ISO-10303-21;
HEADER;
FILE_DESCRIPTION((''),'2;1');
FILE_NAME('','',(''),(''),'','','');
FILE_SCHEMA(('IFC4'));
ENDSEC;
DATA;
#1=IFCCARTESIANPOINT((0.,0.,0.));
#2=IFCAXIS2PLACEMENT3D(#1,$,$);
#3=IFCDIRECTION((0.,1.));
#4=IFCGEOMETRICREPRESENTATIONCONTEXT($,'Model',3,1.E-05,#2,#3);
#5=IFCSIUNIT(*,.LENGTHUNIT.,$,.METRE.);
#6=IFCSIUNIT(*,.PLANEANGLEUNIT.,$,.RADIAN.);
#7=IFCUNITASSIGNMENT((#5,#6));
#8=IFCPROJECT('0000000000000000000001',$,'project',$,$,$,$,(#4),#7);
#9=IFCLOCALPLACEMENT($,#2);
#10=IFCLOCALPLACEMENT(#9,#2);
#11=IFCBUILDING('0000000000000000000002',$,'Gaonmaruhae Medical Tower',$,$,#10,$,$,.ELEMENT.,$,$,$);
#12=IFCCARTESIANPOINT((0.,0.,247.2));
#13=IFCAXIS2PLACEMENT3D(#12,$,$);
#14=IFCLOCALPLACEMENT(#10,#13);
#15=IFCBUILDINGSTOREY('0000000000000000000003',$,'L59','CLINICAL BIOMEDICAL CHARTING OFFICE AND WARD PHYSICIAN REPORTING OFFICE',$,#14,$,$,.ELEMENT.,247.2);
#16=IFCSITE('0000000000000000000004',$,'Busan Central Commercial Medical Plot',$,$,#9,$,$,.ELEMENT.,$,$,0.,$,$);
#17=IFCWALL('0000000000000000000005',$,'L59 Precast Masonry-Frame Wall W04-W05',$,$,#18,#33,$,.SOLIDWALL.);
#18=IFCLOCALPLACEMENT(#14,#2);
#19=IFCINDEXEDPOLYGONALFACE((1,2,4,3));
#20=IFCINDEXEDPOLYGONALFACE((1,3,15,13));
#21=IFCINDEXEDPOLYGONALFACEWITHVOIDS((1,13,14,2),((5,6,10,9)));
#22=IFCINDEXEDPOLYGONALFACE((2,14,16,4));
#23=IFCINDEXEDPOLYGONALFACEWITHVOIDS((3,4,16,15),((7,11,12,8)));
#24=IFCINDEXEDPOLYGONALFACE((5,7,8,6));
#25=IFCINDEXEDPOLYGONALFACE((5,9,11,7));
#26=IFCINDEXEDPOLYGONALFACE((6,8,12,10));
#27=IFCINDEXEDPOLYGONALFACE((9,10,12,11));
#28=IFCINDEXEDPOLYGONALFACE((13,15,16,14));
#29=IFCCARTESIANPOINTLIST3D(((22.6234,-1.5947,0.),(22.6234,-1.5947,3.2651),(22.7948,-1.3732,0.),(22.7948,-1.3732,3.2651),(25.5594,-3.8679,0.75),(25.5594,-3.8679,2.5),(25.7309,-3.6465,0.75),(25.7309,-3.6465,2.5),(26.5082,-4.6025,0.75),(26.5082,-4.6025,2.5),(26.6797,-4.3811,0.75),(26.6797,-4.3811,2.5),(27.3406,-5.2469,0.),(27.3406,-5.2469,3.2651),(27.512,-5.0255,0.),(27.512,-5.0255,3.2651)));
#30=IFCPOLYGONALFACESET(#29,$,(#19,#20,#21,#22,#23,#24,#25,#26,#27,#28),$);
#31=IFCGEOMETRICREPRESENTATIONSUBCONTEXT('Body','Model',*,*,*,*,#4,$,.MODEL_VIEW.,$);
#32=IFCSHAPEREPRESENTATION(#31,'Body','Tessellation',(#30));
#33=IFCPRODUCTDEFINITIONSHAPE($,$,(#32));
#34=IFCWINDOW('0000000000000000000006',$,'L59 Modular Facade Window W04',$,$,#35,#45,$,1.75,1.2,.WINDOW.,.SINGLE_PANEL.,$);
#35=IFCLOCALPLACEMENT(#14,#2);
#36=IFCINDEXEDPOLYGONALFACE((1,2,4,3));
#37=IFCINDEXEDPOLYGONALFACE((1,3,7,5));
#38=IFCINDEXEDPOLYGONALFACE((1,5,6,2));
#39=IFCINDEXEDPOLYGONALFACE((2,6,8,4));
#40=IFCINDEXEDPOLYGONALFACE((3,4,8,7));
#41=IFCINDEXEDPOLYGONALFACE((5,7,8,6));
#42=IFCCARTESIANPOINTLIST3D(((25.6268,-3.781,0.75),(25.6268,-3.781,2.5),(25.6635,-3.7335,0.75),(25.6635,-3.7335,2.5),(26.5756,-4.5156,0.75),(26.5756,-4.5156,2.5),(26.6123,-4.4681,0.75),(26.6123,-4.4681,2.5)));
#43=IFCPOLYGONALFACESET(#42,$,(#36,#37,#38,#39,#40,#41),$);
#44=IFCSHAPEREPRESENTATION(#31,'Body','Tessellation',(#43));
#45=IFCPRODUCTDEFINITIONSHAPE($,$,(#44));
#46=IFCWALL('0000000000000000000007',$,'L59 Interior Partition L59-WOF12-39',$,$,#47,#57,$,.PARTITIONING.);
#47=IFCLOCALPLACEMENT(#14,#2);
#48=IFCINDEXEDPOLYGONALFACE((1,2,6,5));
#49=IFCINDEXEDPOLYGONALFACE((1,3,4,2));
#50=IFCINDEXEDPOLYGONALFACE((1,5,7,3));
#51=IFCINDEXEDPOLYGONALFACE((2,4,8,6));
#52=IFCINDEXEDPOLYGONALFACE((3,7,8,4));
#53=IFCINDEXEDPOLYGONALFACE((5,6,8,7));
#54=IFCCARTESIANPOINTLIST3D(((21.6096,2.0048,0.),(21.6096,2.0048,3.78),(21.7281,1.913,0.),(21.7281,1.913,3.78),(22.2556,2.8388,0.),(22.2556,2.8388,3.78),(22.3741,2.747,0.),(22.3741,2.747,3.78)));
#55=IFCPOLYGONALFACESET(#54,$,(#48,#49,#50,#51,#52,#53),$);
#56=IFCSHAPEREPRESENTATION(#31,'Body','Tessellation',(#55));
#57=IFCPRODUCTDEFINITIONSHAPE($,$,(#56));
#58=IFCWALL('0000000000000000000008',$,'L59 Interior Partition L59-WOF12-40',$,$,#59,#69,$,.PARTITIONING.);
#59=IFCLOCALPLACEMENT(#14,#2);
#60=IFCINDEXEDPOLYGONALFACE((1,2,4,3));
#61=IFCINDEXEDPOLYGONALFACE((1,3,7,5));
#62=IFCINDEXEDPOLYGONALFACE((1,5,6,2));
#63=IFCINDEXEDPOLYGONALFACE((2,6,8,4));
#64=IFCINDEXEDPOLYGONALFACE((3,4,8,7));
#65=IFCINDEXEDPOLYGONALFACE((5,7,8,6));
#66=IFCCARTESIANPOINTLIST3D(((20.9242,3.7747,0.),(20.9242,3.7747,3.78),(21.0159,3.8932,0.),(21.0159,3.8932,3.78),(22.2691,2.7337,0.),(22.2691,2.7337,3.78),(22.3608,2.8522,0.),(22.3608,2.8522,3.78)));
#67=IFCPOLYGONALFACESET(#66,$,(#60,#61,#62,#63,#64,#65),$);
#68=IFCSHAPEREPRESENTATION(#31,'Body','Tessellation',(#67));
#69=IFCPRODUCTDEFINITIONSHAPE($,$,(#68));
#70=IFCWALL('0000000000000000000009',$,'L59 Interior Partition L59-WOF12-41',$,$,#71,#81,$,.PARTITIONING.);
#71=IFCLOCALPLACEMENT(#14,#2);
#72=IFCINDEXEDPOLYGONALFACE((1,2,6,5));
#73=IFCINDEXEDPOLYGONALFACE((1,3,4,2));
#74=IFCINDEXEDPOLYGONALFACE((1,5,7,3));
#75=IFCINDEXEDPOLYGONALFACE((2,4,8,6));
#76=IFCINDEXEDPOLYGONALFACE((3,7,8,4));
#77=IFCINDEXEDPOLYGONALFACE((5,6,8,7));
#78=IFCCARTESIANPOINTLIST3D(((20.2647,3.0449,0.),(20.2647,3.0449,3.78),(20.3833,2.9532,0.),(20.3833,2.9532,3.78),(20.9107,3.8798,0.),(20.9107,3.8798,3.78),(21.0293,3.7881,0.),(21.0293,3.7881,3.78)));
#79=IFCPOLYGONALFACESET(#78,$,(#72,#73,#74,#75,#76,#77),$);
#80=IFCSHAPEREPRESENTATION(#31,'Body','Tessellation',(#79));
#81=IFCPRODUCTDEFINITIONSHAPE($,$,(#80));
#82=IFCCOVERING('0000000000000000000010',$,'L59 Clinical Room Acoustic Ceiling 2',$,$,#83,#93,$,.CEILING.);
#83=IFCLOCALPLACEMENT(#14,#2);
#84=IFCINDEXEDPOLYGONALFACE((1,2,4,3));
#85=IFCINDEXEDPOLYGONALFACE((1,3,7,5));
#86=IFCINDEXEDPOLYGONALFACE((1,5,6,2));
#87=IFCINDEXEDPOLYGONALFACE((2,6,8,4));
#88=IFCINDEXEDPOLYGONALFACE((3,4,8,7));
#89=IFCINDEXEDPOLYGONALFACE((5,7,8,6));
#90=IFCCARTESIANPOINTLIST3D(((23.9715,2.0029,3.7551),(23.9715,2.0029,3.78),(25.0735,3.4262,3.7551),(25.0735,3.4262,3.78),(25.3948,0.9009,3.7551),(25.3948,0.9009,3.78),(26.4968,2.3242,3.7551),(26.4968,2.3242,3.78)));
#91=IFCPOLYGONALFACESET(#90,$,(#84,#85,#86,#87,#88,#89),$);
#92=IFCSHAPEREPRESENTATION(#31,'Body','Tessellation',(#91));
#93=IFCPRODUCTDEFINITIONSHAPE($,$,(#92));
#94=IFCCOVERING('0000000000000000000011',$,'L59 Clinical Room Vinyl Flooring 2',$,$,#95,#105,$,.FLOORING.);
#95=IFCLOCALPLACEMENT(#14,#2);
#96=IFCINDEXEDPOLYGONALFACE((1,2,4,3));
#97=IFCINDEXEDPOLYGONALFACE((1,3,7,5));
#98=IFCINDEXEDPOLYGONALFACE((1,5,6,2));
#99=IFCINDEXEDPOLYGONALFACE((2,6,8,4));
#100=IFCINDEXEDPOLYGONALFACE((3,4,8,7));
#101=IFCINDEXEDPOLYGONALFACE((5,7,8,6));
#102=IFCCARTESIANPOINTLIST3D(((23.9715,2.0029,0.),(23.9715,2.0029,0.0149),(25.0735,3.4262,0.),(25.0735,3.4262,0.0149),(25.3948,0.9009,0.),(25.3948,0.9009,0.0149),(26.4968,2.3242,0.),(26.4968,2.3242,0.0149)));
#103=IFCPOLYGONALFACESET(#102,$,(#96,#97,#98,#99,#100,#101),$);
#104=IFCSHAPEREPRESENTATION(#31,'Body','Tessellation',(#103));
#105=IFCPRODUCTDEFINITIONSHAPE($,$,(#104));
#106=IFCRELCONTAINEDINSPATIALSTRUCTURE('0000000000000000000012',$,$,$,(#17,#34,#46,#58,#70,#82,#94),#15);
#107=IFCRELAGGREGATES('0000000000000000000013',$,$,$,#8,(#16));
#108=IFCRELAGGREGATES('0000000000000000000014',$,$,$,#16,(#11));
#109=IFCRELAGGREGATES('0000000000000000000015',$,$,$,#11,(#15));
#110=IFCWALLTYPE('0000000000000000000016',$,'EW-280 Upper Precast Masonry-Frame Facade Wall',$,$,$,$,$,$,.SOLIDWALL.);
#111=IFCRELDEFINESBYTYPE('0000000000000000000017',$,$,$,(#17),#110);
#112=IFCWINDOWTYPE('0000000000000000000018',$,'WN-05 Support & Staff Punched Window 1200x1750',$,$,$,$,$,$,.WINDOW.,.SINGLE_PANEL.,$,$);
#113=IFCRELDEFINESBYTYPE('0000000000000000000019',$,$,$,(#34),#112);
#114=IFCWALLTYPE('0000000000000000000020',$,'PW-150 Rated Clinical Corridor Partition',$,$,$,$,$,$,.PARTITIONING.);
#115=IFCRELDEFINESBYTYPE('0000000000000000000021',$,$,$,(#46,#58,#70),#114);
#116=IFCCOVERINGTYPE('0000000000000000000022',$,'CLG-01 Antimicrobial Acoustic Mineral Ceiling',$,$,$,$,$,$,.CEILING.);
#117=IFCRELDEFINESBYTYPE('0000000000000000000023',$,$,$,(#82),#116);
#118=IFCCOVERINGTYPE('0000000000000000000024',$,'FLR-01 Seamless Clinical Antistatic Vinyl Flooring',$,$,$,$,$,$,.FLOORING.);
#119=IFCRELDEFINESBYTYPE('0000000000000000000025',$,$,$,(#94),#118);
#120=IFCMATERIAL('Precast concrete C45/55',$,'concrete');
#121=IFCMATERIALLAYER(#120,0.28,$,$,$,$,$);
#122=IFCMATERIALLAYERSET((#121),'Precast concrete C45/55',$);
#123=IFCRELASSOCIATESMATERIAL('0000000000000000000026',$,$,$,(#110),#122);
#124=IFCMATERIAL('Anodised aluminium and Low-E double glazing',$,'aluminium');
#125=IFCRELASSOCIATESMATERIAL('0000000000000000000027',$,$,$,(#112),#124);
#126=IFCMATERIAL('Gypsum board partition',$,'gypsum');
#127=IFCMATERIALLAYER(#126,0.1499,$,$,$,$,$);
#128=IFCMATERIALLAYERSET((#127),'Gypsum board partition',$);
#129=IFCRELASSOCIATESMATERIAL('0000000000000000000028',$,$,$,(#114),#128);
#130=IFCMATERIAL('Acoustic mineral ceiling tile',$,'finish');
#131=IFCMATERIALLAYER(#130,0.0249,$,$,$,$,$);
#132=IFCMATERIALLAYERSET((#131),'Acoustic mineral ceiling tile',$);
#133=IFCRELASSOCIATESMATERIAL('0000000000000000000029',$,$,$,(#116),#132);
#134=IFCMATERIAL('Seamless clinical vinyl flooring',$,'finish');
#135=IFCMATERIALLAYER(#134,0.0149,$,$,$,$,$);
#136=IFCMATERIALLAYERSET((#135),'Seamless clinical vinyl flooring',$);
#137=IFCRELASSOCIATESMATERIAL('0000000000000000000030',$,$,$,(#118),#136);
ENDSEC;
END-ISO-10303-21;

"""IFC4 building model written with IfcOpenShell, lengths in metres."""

from ifc_helpers import new_model, si_unit, direction, frame, frame_2d, origin, origin_2d, place, context, subcontext, project, spatial, rectangle, extrude, material, layer, layer_set, type_object, element, fill, save


model = new_model("IFC4")

# Units and contexts
model_context = context("Model", 3, precision=1e-05, world=origin(), true_north=direction((0.0, 1.0)))
body_context = subcontext(model_context, "Body", "Model", "MODEL_VIEW")
ifc_project = project(units=[si_unit("LENGTHUNIT", "METRE"), si_unit("PLANEANGLEUNIT", "RADIAN")], contexts=[model_context])

# Site, building, storey
site_placement = place(None, origin())
site = spatial("IfcSite", under=ifc_project, at=site_placement, Name="Busan Central Commercial Medical Plot", CompositionType="ELEMENT", RefElevation=0.0)
building_placement = place(site_placement, origin())
building = spatial("IfcBuilding", under=site, at=building_placement, Name="Gaonmaruhae Medical Tower", CompositionType="ELEMENT")
storey_placement = place(building_placement, frame((0.0, 0.0, 247.2)))
storey = spatial("IfcBuildingStorey", under=building, at=storey_placement, Name="L59", Description="CLINICAL BIOMEDICAL CHARTING OFFICE AND WARD PHYSICIAN REPORTING OFFICE", CompositionType="ELEMENT", Elevation=247.2)

# Shared definitions
ifc_material_1 = material(Name="Precast concrete C45/55", Category="concrete")

# Wall, opening, window
ifc_layer_1 = layer(ifc_material_1, 0.28)
ifc_layer_set_1 = layer_set([ifc_layer_1], Name="Precast concrete C45/55")
wall_type_1 = type_object("IfcWallType", Name="EW-280 Upper Precast Masonry-Frame Facade Wall", PredefinedType="SOLIDWALL", material=ifc_layer_set_1)
wall_1_placement = place(storey_placement, frame((27.4263, -5.1362, 0.0), z_axis=(0.0, 0.0, 1.0), x_axis=(-0.790703, 0.6122, 0.0)))
wall_1 = element("IfcWall", 1, at=wall_1_placement, inside=storey, type_object=wall_type_1, Name="L59 Precast Masonry-Frame Wall W04-W05", PredefinedType="SOLIDWALL", context=body_context, shape_type="SweptSolid", body=[
    extrude(rectangle(XDim=5.9658, YDim=0.28, at=frame_2d((2.9829, 0.0))), origin(), (0.0, 0.0, 1.0), 3.2651),
])
opening_1_placement = place(wall_1_placement, frame((1.0525, 0.0, 0.75)))
opening_1 = element("IfcOpeningElement", 2, at=opening_1_placement, cuts=wall_1, PredefinedType="OPENING", context=body_context, shape_type="SweptSolid", body=[
    extrude(rectangle(XDim=1.2, YDim=1.75, at=frame_2d((0.6001, 0.875))), frame((0.0, 0.1499, 0.0), z_axis=(0.0, -1.0, 0.0), x_axis=(1.0, 0.0, 0.0)), (0.0, 0.0, 1.0), 0.3),
])
ifc_material_2 = material(Name="Anodised aluminium and Low-E double glazing", Category="aluminium")
window_type = type_object("IfcWindowType", Name="WN-05 Support & Staff Punched Window 1200x1750", PartitioningType="SINGLE_PANEL", PredefinedType="WINDOW", material=ifc_material_2)
window_placement = place(opening_1_placement, origin())
window = element("IfcWindow", 3, at=window_placement, inside=storey, type_object=window_type, Name="L59 Modular Facade Window W04", OverallHeight=1.75, OverallWidth=1.2, PartitioningType="SINGLE_PANEL", PredefinedType="WINDOW", context=body_context, shape_type="SweptSolid", body=[
    extrude(rectangle(XDim=1.2, YDim=1.75, at=frame_2d((0.6001, 0.875))), frame((0.0, 0.03, 0.0), z_axis=(0.0, -1.0, 0.0), x_axis=(1.0, 0.0, 0.0)), (0.0, 0.0, 1.0), 0.0601),
])
fill(opening_1, window)

# Walls
ifc_material_3 = material(Name="Gypsum board partition", Category="gypsum")
ifc_layer_2 = layer(ifc_material_3, 0.1499)
ifc_layer_set_2 = layer_set([ifc_layer_2], Name="Gypsum board partition")
wall_type_2 = type_object("IfcWallType", Name="PW-150 Rated Clinical Corridor Partition", PredefinedType="PARTITIONING", material=ifc_layer_set_2)
wall_2_placement = place(storey_placement, frame((21.6689, 1.959, 0.0), z_axis=(0.0, 0.0, 1.0), x_axis=(0.612369, 0.790572, 0.0)))
element("IfcWall", 4, at=wall_2_placement, inside=storey, type_object=wall_type_2, Name="L59 Interior Partition L59-WOF12-39", PredefinedType="PARTITIONING", context=body_context, shape_type="SweptSolid", body=[
    extrude(rectangle(XDim=1.0549, YDim=0.1499, at=frame_2d((0.5273, 0.0))), origin(), (0.0, 0.0, 1.0), 3.78),
])
wall_3_placement = place(storey_placement, frame((22.3149, 2.793, 0.0), z_axis=(0.0, 0.0, 1.0), x_axis=(-0.790795, 0.612081, 0.0)))
element("IfcWall", 5, at=wall_3_placement, inside=storey, type_object=wall_type_2, Name="L59 Interior Partition L59-WOF12-40", PredefinedType="PARTITIONING", context=body_context, shape_type="SweptSolid", body=[
    extrude(rectangle(XDim=1.7007, YDim=0.1499, at=frame_2d((0.8503, 0.0))), origin(), (0.0, 0.0, 1.0), 3.78),
])
wall_4_placement = place(storey_placement, frame((20.97, 3.834, 0.0), z_axis=(0.0, 0.0, 1.0), x_axis=(-0.611921, -0.790919, 0.0)))
element("IfcWall", 6, at=wall_4_placement, inside=storey, type_object=wall_type_2, Name="L59 Interior Partition L59-WOF12-41", PredefinedType="PARTITIONING", context=body_context, shape_type="SweptSolid", body=[
    extrude(rectangle(XDim=1.0557, YDim=0.1499, at=frame_2d((0.5278, 0.0))), origin(), (0.0, 0.0, 1.0), 3.78),
])

# Coverings
ifc_material_4 = material(Name="Acoustic mineral ceiling tile", Category="finish")
ifc_layer_3 = layer(ifc_material_4, 0.0249)
ifc_layer_set_3 = layer_set([ifc_layer_3], Name="Acoustic mineral ceiling tile")
covering_type_1 = type_object("IfcCoveringType", Name="CLG-01 Antimicrobial Acoustic Mineral Ceiling", PredefinedType="CEILING", material=ifc_layer_set_3)
covering_1_placement = place(storey_placement, frame((25.2341, 2.1636, 3.7551), z_axis=(0.0, 0.0, 1.0), x_axis=(0.612217, 0.79069, 0.0)))
element("IfcCovering", 7, at=covering_1_placement, inside=storey, type_object=covering_type_1, Name="L59 Clinical Room Acoustic Ceiling 2", PredefinedType="CEILING", context=body_context, shape_type="SweptSolid", body=[
    extrude(rectangle(XDim=1.8, YDim=1.8, at=origin_2d()), origin(), (0.0, 0.0, 1.0), 0.0249),
])
ifc_material_5 = material(Name="Seamless clinical vinyl flooring", Category="finish")
ifc_layer_4 = layer(ifc_material_5, 0.0149)
ifc_layer_set_4 = layer_set([ifc_layer_4], Name="Seamless clinical vinyl flooring")
covering_type_2 = type_object("IfcCoveringType", Name="FLR-01 Seamless Clinical Antistatic Vinyl Flooring", PredefinedType="FLOORING", material=ifc_layer_set_4)
covering_2_placement = place(storey_placement, frame((25.2341, 2.1636, 0.0), z_axis=(0.0, 0.0, 1.0), x_axis=(0.612217, 0.79069, 0.0)))
element("IfcCovering", 8, at=covering_2_placement, inside=storey, type_object=covering_type_2, Name="L59 Clinical Room Vinyl Flooring 2", PredefinedType="FLOORING", context=body_context, shape_type="SweptSolid", body=[
    extrude(rectangle(XDim=1.8, YDim=1.8, at=origin_2d()), origin(), (0.0, 0.0, 1.0), 0.0149),
])

save(model, "model.ifc")
